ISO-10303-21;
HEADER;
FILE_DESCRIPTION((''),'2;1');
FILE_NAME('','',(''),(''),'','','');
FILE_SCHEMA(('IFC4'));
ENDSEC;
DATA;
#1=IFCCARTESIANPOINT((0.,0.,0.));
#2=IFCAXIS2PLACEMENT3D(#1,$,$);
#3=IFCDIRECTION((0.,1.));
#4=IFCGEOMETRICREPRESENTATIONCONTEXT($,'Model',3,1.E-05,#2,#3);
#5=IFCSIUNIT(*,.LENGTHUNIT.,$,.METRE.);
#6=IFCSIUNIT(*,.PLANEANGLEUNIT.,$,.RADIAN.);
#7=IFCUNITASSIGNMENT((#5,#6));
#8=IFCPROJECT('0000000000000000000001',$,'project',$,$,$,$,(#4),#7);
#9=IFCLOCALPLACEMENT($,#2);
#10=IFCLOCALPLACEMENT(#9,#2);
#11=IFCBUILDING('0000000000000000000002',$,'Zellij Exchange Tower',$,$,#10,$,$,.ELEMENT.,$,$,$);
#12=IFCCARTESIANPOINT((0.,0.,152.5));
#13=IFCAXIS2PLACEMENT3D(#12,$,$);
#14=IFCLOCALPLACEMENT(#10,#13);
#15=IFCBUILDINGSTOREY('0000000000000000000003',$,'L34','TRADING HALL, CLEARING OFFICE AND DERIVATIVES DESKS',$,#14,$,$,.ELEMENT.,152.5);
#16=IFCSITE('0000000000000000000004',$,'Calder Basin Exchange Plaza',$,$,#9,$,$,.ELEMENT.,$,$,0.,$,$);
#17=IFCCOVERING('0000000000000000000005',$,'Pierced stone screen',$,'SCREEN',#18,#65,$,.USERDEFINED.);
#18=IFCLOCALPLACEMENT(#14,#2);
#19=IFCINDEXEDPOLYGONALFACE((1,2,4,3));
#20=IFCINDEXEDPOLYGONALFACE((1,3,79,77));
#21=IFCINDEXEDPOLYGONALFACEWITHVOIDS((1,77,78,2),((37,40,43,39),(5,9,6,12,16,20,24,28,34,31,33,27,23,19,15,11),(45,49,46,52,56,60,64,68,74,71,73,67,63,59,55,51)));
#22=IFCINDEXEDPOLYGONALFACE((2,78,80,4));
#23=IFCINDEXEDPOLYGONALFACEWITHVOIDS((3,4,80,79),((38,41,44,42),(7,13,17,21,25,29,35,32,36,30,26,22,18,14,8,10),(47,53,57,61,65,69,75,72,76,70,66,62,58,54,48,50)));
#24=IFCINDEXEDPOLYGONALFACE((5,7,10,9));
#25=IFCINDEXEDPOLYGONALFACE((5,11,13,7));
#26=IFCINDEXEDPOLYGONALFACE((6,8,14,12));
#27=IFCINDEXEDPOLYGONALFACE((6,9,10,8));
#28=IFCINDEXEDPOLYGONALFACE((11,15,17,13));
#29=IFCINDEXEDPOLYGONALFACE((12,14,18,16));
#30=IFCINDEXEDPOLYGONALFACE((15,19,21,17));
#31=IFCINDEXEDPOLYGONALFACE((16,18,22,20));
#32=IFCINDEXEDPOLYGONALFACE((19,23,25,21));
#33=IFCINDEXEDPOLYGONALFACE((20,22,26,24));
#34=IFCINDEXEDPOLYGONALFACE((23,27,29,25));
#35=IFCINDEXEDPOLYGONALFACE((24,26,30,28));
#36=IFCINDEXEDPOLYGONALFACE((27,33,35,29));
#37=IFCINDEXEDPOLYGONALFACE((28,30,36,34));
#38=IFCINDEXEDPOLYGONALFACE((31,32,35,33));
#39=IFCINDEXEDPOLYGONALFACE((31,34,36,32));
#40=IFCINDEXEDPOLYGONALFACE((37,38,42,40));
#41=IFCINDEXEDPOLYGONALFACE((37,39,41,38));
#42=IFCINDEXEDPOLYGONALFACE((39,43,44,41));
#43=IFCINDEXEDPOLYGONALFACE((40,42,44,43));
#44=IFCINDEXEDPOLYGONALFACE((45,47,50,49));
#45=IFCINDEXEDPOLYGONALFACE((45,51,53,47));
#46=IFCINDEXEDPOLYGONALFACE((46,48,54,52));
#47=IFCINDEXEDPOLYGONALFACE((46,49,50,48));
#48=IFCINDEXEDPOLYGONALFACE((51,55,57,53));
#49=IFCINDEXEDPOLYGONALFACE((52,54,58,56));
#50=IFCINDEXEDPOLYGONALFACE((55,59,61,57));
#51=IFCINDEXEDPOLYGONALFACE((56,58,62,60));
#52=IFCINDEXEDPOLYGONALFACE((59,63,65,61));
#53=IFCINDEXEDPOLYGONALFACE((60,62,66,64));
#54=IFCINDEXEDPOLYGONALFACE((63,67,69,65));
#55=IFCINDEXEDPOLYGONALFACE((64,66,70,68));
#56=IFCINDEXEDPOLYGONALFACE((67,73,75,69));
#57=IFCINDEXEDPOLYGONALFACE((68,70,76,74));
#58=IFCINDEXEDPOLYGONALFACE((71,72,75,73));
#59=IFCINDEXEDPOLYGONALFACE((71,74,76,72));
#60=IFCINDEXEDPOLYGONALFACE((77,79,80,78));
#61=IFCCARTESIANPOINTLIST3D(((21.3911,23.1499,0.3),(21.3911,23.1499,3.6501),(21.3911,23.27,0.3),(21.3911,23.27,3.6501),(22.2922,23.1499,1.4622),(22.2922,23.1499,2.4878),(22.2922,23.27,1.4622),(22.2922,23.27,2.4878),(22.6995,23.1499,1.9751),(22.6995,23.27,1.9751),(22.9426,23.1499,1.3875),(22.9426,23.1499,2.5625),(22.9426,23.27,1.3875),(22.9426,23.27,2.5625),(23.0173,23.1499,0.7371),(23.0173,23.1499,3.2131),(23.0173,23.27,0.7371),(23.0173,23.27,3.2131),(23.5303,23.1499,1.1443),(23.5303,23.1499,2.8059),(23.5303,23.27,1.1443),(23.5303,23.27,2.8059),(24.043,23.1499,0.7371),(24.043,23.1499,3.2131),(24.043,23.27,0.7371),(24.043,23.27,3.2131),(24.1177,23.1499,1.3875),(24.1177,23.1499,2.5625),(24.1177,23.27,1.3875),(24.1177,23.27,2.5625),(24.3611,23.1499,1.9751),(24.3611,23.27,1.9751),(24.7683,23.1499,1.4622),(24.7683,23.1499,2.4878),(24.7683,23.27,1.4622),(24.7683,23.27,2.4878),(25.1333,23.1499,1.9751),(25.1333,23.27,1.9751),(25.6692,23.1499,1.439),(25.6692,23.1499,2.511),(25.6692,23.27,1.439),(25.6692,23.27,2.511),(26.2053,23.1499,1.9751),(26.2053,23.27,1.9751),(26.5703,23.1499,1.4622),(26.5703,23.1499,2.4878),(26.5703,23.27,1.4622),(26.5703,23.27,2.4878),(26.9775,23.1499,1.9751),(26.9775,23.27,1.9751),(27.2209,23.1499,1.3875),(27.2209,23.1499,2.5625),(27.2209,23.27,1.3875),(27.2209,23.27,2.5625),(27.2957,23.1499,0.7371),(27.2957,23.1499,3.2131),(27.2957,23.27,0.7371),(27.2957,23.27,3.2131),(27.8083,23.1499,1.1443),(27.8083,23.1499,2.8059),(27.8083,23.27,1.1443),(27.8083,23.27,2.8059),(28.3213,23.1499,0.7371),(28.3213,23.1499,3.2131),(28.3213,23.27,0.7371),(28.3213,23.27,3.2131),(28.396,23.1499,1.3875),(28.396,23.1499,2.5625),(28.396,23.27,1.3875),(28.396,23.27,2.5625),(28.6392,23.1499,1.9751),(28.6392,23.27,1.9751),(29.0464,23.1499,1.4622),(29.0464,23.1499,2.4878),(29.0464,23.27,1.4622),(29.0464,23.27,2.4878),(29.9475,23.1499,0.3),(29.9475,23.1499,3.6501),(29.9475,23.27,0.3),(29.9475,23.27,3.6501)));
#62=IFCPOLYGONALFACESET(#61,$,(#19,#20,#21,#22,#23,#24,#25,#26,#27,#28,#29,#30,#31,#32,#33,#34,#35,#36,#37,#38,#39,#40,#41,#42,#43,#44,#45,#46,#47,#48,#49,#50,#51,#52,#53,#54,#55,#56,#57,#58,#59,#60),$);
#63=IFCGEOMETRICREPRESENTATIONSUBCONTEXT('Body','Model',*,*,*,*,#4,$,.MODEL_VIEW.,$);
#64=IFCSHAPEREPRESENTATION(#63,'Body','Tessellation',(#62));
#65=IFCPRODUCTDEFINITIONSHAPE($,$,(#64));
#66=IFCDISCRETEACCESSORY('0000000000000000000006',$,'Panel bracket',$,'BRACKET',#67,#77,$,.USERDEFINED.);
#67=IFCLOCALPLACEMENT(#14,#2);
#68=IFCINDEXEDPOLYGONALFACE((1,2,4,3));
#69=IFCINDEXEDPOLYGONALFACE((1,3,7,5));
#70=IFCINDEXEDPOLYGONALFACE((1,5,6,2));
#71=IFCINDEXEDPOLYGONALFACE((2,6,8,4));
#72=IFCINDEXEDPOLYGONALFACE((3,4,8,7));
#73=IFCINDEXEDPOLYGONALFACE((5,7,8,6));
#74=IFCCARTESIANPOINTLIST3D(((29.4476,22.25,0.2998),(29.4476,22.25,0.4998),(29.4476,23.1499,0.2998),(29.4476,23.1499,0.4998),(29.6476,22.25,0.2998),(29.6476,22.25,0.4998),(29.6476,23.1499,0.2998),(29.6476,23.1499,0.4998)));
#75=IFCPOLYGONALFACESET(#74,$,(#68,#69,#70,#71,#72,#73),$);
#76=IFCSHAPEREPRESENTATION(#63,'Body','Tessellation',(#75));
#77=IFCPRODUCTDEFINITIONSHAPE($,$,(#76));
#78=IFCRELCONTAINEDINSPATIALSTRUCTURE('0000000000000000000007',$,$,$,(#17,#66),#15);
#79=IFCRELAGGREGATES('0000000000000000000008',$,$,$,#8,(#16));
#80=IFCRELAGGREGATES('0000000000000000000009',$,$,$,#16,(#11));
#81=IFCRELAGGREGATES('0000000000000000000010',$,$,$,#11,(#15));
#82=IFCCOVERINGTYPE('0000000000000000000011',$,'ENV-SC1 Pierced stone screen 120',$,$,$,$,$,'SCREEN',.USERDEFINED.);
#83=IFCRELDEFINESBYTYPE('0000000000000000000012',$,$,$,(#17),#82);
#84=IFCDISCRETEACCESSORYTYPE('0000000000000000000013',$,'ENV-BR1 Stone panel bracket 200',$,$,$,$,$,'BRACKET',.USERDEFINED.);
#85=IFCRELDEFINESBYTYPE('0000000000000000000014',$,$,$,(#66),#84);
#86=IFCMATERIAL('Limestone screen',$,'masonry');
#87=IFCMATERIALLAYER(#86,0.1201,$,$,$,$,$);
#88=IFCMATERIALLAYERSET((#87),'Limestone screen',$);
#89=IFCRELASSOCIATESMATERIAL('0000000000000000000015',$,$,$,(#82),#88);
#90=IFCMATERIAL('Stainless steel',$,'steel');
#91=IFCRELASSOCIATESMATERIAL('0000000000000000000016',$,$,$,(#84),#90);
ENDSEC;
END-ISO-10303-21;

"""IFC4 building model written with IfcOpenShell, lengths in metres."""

from ifc_helpers import new_model, si_unit, direction, frame, origin, origin_2d, place, context, subcontext, project, spatial, polyline, rectangle, outline, extrude, material, layer, layer_set, type_object, element, save


model = new_model("IFC4")

# Units and contexts
model_context = context("Model", 3, precision=1e-05, world=origin(), true_north=direction((0.0, 1.0)))
body_context = subcontext(model_context, "Body", "Model", "MODEL_VIEW")
ifc_project = project(units=[si_unit("LENGTHUNIT", "METRE"), si_unit("PLANEANGLEUNIT", "RADIAN")], contexts=[model_context])

# Site, building, storey
site_placement = place(None, origin())
site = spatial("IfcSite", under=ifc_project, at=site_placement, Name="Calder Basin Exchange Plaza", CompositionType="ELEMENT", RefElevation=0.0)
building_placement = place(site_placement, origin())
building = spatial("IfcBuilding", under=site, at=building_placement, Name="Zellij Exchange Tower", CompositionType="ELEMENT")
storey_placement = place(building_placement, frame((0.0, 0.0, 152.5)))
storey = spatial("IfcBuildingStorey", under=building, at=storey_placement, Name="L34", Description="TRADING HALL, CLEARING OFFICE AND DERIVATIVES DESKS", CompositionType="ELEMENT", Elevation=152.5)

# Covering
ifc_material_1 = material(Name="Limestone screen", Category="masonry")
ifc_layer_1 = layer(ifc_material_1, 0.1201)
ifc_layer_set_1 = layer_set([ifc_layer_1], Name="Limestone screen")
covering_type = type_object("IfcCoveringType", Name="ENV-SC1 Pierced stone screen 120", ElementType="SCREEN", PredefinedType="USERDEFINED", material=ifc_layer_set_1)
covering_placement = place(storey_placement, frame((29.9475, 23.21, 0.3), z_axis=(0.0, 0.0, 1.0), x_axis=(-1.0, 0.0, 0.0)))
element("IfcCovering", 1, at=covering_placement, inside=storey, type_object=covering_type, Name="Pierced stone screen", ObjectType="SCREEN", PredefinedType="USERDEFINED", context=body_context, shape_type="SweptSolid", body=[
    extrude(outline(polyline([(0.0, 0.0), (8.5564, 0.0), (8.5564, 3.3501), (0.0, 3.3501), (0.0, 0.0)]), holes=[polyline([(3.3772, 2.1877), (2.7266, 2.2625), (2.6519, 2.9131), (2.1392, 2.5059), (1.6262, 2.9131), (1.5515, 2.2625), (0.9011, 2.1877), (1.3083, 1.675), (0.9011, 1.1621), (1.5515, 1.0874), (1.6262, 0.437), (2.1392, 0.8442), (2.6519, 0.437), (2.7266, 1.0874), (3.3772, 1.1621), (2.97, 1.675), (3.3772, 2.1877)]), polyline([(7.6553, 2.1877), (7.0049, 2.2625), (6.9302, 2.9131), (6.4172, 2.5059), (5.9045, 2.9131), (5.8298, 2.2625), (5.1792, 2.1877), (5.5864, 1.675), (5.1792, 1.1621), (5.8298, 1.0874), (5.9045, 0.437), (6.4172, 0.8442), (6.9302, 0.437), (7.0049, 1.0874), (7.6553, 1.1621), (7.248, 1.675), (7.6553, 2.1877)]), polyline([(4.8142, 1.675), (4.2783, 2.2109), (3.7422, 1.675), (4.2783, 1.1389), (4.8142, 1.675)])]), frame((0.0, 0.0601, 0.0), z_axis=(0.0, -1.0, 0.0), x_axis=(1.0, 0.0, 0.0)), (0.0, 0.0, 1.0), 0.1201),
])

# Discrete accessory
ifc_material_2 = material(Name="Stainless steel", Category="steel")
discrete_accessory_type = type_object("IfcDiscreteAccessoryType", Name="ENV-BR1 Stone panel bracket 200", ElementType="BRACKET", PredefinedType="USERDEFINED", material=ifc_material_2)
discrete_accessory_placement = place(storey_placement, frame((29.5476, 22.7, 0.2998), z_axis=(0.0, 0.0, 1.0), x_axis=(-1.0, 0.0, 0.0)))
element("IfcDiscreteAccessory", 2, at=discrete_accessory_placement, inside=storey, type_object=discrete_accessory_type, Name="Panel bracket", ObjectType="BRACKET", PredefinedType="USERDEFINED", context=body_context, shape_type="SweptSolid", body=[
    extrude(rectangle(XDim=0.2, YDim=0.8999, at=origin_2d()), origin(), (0.0, 0.0, 1.0), 0.2),
])

save(model, "model.ifc")
